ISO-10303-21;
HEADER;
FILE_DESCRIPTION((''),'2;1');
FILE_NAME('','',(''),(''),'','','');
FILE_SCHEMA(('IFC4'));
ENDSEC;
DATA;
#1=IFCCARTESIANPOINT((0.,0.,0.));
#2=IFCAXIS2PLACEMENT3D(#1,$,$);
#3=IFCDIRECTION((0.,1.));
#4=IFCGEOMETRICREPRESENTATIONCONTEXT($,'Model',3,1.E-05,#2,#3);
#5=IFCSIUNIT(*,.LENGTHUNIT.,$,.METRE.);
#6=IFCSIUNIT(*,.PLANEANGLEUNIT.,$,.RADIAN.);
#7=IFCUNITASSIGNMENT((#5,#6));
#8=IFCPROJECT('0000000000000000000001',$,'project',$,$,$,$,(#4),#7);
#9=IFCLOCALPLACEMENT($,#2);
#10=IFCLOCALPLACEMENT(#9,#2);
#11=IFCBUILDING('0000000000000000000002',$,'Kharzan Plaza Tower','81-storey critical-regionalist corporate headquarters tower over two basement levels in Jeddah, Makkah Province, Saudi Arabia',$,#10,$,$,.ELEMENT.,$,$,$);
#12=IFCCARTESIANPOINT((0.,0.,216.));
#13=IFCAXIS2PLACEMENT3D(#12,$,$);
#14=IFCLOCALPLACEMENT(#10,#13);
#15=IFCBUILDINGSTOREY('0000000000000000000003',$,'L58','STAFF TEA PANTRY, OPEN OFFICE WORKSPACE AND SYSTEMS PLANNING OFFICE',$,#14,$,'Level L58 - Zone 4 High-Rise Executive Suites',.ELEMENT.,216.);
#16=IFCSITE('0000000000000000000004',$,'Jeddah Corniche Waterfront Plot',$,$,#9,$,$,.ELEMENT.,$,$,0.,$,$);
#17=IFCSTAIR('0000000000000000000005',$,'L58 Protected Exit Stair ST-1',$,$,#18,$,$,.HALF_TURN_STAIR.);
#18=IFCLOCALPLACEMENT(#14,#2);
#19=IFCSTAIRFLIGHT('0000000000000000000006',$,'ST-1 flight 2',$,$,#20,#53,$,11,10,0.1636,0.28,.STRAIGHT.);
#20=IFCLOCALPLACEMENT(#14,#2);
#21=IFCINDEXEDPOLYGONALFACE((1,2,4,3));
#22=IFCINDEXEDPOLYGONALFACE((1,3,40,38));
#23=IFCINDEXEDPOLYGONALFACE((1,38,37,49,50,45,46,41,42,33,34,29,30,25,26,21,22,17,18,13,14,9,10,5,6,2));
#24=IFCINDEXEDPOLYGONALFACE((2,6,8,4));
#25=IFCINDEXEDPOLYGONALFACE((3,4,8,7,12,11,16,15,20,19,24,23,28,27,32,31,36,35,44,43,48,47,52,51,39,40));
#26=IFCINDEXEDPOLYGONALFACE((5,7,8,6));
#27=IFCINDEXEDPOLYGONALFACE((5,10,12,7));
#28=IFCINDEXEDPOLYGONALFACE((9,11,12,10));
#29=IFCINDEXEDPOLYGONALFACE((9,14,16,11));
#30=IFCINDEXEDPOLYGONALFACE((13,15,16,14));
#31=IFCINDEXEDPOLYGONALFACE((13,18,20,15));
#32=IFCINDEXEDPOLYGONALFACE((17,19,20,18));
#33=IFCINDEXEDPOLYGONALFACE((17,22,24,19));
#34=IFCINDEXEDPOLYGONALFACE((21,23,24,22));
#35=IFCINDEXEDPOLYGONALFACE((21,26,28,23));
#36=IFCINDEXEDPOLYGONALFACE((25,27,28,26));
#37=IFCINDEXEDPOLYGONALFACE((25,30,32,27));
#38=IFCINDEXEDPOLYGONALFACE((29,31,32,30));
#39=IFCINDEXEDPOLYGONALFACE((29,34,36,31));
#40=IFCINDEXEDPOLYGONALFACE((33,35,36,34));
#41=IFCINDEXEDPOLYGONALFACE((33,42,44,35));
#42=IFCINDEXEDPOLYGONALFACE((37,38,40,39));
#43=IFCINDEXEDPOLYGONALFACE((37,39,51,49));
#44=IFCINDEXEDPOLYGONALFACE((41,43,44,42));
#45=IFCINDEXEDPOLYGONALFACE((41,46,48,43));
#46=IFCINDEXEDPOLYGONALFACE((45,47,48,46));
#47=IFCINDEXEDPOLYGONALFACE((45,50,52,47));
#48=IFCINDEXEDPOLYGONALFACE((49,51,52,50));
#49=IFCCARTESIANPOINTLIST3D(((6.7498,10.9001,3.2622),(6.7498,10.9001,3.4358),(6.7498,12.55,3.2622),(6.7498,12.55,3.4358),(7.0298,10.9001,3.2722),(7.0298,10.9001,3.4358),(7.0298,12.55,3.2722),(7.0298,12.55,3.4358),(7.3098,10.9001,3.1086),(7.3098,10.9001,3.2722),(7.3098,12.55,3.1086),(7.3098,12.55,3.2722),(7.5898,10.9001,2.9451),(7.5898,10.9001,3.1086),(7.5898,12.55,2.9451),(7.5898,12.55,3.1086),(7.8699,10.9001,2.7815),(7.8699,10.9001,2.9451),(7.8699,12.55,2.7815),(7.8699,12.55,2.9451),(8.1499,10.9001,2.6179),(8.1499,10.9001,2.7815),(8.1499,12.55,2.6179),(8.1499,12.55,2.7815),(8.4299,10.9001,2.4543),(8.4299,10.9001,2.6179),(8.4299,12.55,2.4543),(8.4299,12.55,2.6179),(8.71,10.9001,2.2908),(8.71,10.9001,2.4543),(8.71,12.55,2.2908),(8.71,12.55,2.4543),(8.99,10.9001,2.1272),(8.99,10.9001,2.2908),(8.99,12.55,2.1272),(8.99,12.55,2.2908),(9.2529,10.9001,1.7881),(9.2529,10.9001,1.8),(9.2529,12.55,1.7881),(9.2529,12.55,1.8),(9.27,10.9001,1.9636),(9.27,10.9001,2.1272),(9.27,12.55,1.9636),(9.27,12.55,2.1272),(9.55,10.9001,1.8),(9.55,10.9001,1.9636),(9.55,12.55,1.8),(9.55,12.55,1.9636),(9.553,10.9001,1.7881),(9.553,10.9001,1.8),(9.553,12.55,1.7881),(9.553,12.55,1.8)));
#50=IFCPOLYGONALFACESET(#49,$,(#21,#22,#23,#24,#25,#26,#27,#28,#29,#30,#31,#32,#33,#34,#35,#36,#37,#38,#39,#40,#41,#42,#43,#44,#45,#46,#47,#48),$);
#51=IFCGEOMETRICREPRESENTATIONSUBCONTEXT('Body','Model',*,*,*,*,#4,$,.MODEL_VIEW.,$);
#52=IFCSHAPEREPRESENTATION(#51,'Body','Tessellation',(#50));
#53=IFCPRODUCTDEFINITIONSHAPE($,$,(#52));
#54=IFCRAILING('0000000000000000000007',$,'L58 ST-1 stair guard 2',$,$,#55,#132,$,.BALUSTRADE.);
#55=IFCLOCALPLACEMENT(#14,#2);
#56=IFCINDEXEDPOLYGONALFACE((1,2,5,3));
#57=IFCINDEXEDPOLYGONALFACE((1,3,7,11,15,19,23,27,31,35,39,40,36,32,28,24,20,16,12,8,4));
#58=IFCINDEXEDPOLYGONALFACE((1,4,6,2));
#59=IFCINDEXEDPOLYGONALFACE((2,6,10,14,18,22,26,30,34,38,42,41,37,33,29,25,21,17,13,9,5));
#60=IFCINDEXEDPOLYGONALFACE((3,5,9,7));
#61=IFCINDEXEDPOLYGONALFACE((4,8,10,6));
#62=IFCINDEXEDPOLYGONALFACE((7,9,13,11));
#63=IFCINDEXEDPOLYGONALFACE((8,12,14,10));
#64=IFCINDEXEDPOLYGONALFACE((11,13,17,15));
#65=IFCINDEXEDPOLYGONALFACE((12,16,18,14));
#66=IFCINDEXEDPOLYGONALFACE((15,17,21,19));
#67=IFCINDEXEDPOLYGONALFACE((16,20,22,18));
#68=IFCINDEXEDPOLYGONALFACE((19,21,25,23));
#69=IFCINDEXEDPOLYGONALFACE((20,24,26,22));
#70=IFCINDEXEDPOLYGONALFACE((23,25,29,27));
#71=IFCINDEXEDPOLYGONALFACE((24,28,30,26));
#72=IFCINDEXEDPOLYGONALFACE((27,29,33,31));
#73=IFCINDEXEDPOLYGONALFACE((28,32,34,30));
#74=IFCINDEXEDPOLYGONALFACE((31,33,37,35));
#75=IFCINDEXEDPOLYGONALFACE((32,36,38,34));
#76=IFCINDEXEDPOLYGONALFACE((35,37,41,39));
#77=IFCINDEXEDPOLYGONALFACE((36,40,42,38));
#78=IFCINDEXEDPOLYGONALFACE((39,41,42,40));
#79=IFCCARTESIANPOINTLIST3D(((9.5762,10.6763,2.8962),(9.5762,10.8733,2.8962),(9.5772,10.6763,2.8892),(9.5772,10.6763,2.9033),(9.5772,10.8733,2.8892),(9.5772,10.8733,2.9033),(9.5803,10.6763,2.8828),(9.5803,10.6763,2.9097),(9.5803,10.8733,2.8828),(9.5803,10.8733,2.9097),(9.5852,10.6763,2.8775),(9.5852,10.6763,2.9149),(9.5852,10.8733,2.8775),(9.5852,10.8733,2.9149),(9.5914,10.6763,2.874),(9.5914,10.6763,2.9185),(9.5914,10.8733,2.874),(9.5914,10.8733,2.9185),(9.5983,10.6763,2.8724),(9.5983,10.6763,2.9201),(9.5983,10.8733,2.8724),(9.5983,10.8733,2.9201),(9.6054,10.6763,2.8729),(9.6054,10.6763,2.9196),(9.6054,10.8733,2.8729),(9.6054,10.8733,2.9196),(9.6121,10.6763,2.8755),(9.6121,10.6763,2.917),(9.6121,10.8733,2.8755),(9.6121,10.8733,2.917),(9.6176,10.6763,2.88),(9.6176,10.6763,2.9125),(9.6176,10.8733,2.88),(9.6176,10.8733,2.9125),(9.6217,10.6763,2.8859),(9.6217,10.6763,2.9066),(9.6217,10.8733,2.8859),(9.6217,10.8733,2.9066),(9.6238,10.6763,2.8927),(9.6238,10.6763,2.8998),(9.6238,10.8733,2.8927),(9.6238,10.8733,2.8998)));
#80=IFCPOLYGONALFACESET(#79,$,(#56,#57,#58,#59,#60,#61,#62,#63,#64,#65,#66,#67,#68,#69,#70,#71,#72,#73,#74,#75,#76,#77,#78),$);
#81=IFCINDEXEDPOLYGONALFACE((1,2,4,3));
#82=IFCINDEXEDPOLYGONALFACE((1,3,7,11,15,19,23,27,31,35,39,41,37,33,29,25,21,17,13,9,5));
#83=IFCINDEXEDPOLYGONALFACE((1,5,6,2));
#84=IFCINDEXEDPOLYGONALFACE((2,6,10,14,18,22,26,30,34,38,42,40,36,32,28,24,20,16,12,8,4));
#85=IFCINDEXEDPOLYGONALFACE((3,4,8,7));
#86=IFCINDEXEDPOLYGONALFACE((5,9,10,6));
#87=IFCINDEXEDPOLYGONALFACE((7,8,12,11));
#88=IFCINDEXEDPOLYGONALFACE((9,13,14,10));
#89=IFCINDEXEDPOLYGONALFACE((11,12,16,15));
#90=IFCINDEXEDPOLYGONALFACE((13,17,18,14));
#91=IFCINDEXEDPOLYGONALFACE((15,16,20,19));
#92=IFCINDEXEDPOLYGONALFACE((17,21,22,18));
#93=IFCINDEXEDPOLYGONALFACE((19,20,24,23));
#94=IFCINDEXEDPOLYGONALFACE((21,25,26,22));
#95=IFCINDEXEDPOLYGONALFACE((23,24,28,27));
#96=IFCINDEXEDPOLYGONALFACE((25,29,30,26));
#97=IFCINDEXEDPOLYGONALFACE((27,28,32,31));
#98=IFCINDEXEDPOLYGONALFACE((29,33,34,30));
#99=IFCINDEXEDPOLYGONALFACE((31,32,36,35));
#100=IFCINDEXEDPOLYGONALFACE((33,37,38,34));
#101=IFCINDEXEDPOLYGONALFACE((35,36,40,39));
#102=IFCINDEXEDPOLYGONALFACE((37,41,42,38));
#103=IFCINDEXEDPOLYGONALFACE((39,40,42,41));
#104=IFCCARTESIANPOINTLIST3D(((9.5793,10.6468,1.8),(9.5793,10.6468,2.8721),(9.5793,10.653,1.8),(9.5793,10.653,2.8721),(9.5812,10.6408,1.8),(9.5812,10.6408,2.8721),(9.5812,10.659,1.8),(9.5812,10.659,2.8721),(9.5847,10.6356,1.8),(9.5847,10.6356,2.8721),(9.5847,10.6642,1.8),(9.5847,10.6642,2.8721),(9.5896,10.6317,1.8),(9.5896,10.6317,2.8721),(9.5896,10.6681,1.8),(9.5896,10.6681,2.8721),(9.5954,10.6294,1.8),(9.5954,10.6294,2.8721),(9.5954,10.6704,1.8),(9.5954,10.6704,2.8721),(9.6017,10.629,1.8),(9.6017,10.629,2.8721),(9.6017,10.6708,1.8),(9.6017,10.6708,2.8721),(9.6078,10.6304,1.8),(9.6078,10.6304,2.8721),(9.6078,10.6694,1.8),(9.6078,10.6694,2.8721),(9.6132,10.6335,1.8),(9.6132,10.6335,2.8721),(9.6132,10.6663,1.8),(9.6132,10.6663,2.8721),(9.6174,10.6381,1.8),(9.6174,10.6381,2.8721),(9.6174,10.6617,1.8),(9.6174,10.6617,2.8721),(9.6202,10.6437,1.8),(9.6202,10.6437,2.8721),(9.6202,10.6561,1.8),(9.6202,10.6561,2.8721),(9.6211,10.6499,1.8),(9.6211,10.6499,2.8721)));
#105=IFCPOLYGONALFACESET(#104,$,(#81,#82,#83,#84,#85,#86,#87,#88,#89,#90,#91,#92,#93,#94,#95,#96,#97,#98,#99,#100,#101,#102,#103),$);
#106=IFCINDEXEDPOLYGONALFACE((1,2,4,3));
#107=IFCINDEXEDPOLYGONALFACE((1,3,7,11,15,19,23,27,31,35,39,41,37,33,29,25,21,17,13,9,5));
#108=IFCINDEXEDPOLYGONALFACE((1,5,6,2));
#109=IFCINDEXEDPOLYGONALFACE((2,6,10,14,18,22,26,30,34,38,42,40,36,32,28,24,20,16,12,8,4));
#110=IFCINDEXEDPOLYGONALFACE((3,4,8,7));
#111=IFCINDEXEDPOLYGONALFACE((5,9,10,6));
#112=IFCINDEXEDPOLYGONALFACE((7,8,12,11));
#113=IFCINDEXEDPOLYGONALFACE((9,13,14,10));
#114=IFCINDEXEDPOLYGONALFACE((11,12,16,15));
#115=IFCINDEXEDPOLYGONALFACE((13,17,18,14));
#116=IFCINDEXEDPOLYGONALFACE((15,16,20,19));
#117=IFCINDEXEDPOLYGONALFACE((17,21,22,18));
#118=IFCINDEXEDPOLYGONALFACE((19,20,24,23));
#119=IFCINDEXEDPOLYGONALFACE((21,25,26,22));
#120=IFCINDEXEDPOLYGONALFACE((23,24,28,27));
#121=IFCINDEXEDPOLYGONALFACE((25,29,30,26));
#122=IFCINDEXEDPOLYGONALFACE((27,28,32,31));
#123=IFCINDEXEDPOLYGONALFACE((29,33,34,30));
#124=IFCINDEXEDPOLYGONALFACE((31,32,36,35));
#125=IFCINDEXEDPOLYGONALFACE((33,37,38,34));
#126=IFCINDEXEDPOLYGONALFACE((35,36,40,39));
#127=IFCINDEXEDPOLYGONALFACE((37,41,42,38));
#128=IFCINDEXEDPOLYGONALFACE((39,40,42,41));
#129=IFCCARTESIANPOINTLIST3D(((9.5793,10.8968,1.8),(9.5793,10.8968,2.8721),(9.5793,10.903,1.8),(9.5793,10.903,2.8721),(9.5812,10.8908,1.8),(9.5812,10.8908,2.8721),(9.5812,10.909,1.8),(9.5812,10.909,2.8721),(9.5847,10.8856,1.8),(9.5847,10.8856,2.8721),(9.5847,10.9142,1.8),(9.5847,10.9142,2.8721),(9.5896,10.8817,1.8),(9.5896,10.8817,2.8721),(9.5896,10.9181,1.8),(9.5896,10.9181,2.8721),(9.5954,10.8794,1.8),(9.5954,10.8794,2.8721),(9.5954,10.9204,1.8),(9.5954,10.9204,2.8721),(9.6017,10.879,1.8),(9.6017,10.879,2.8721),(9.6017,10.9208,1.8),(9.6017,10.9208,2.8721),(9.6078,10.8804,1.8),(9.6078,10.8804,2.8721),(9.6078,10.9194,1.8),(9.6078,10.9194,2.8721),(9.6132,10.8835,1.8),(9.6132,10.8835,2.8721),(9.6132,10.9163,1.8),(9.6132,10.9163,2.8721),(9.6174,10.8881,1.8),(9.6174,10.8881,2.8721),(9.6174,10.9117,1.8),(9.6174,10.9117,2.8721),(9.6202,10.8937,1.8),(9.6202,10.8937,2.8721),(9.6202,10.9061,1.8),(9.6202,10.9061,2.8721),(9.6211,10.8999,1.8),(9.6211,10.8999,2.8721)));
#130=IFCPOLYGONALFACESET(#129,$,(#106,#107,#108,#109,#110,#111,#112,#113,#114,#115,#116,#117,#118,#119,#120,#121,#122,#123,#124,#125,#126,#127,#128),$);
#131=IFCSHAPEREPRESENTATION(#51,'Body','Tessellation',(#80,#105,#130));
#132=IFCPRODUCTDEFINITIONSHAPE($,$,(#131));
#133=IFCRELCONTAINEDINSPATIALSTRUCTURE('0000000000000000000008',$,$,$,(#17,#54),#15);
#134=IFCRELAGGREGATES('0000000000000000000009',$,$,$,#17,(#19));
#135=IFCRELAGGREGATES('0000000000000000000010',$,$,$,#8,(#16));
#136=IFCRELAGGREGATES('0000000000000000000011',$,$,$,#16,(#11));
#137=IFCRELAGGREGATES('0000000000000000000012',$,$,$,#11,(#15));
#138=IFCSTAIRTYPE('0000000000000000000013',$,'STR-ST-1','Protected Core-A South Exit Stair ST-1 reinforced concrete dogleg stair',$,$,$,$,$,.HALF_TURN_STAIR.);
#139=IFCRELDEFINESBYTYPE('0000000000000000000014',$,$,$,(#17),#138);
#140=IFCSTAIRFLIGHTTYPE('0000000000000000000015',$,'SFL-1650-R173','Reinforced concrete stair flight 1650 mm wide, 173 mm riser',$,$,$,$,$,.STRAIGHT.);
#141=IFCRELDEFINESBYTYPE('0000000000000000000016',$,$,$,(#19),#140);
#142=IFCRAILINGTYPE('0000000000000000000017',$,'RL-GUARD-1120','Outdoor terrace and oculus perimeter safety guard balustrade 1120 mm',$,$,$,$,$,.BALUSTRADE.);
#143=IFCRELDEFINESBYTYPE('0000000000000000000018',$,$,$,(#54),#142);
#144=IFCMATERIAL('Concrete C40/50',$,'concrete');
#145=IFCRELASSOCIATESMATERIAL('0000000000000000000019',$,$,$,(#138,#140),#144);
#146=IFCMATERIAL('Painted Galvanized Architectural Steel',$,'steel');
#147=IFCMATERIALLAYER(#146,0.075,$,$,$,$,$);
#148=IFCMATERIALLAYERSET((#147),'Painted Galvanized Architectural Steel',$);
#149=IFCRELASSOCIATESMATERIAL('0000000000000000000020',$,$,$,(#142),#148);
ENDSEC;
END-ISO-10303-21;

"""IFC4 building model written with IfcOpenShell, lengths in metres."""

from ifc_helpers import new_model, si_unit, direction, frame, origin, origin_2d, place, context, subcontext, project, spatial, polyline, circle, outline, extrude, source, transform, mapped, material, layer, layer_set, type_object, element, aggregate, save


model = new_model("IFC4")

# Units and contexts
model_context = context("Model", 3, precision=1e-05, world=origin(), true_north=direction((0.0, 1.0)))
body_context = subcontext(model_context, "Body", "Model", "MODEL_VIEW")
ifc_project = project(units=[si_unit("LENGTHUNIT", "METRE"), si_unit("PLANEANGLEUNIT", "RADIAN")], contexts=[model_context])

# Site, building, storey
site_placement = place(None, origin())
site = spatial("IfcSite", under=ifc_project, at=site_placement, Name="Jeddah Corniche Waterfront Plot", CompositionType="ELEMENT", RefElevation=0.0)
building_placement = place(site_placement, origin())
building = spatial("IfcBuilding", under=site, at=building_placement, Name="Kharzan Plaza Tower", Description="81-storey critical-regionalist corporate headquarters tower over two basement levels in Jeddah, Makkah Province, Saudi Arabia", CompositionType="ELEMENT")
storey_placement = place(building_placement, frame((0.0, 0.0, 216.0)))
storey = spatial("IfcBuildingStorey", under=building, at=storey_placement, Name="L58", Description="STAFF TEA PANTRY, OPEN OFFICE WORKSPACE AND SYSTEMS PLANNING OFFICE", LongName="Level L58 - Zone 4 High-Rise Executive Suites", CompositionType="ELEMENT", Elevation=216.0)

# Shared definitions
ifc_material_1 = material(Name="Concrete C40/50", Category="concrete")

# Stair, stair flight
stair_type = type_object("IfcStairType", Name="STR-ST-1", Description="Protected Core-A South Exit Stair ST-1 reinforced concrete dogleg stair", PredefinedType="HALF_TURN_STAIR", material=ifc_material_1)
stair_placement = place(storey_placement, origin())
stair = element("IfcStair", 1, at=stair_placement, inside=storey, type_object=stair_type, Name="L58 Protected Exit Stair ST-1", PredefinedType="HALF_TURN_STAIR")
stair_flight_type = type_object("IfcStairFlightType", Name="SFL-1650-R173", Description="Reinforced concrete stair flight 1650 mm wide, 173 mm riser", PredefinedType="STRAIGHT", material=ifc_material_1)
shared_shape_1 = source(origin(), body_context, "Body", "SweptSolid", [
    extrude(outline(polyline([(-0.0029, -0.012), (-0.0029, 0.0), (0.0, 0.0), (0.0, 0.1636), (0.28, 0.1636), (0.28, 0.3271), (0.5601, 0.3271), (0.5601, 0.4907), (0.8401, 0.4907), (0.8401, 0.6543), (1.1201, 0.6543), (1.1201, 0.8179), (1.4001, 0.8179), (1.4001, 0.9814), (1.6802, 0.9814), (1.6802, 1.145), (1.9602, 1.145), (1.9602, 1.3086), (2.2402, 1.3086), (2.2402, 1.4722), (2.5203, 1.4722), (2.5203, 1.6357), (2.8003, 1.6357), (2.8003, 1.7993), (2.8003, 1.4622), (0.2971, 0.0), (0.2971, -0.012), (-0.0029, -0.012)])), frame((0.0, 0.825, 0.0), z_axis=(0.0, -1.0, 0.0), x_axis=(1.0, 0.0, 0.0)), (0.0, 0.0, 1.0), 1.6499),
])
stair_flight_placement = place(storey_placement, frame((9.55, 11.7251, 1.8), z_axis=(0.0, 0.0, 1.0), x_axis=(-1.0, 0.0, 0.0)))
stair_flight = element("IfcStairFlight", 2, at=stair_flight_placement, type_object=stair_flight_type, Name="ST-1 flight 2", NumberOfRisers=11, NumberOfTreads=10, PredefinedType="STRAIGHT", RiserHeight=0.1636, TreadLength=0.28, context=body_context, shape_type="MappedRepresentation", body=[
    mapped(shared_shape_1, transform((0.0, 0.0, 0.0), x_axis=(1.0, 0.0, 0.0), y_axis=(0.0, 1.0, 0.0), z_axis=(0.0, 0.0, 1.0))),
])
aggregate(stair, [stair_flight])

# Railing
ifc_material_2 = material(Name="Painted Galvanized Architectural Steel", Category="steel")
ifc_layer_1 = layer(ifc_material_2, 0.075)
ifc_layer_set_1 = layer_set([ifc_layer_1], Name="Painted Galvanized Architectural Steel")
railing_type_1 = type_object("IfcRailingType", Name="RL-GUARD-1120", Description="Outdoor terrace and oculus perimeter safety guard balustrade 1120 mm", PredefinedType="BALUSTRADE", material=ifc_layer_set_1)
shared_shape_2 = source(origin(), body_context, "Body", "SweptSolid", [
    extrude(circle(Radius=0.0239, at=origin_2d()), frame((0.0, 0.0264, 1.0962), z_axis=(0.0, 1.0, 0.0), x_axis=(-1.0, 0.0, 0.0)), (0.0, 0.0, 1.0), 0.197),
    extrude(circle(Radius=0.021, at=origin_2d()), origin(), (0.0, 0.0, 1.0), 1.072),
    extrude(circle(Radius=0.021, at=origin_2d()), frame((0.0, 0.25, 0.0)), (0.0, 0.0, 1.0), 1.072),
])
railing_1_placement = place(storey_placement, frame((9.6001, 10.6499, 1.8)))
element("IfcRailing", 3, at=railing_1_placement, inside=storey, type_object=railing_type_1, Name="L58 ST-1 stair guard 2", PredefinedType="BALUSTRADE", context=body_context, shape_type="MappedRepresentation", body=[
    mapped(shared_shape_2, transform((0.0, 0.0, 0.0), x_axis=(1.0, 0.0, 0.0), y_axis=(0.0, 1.0, 0.0), z_axis=(0.0, 0.0, 1.0))),
])

save(model, "model.ifc")
